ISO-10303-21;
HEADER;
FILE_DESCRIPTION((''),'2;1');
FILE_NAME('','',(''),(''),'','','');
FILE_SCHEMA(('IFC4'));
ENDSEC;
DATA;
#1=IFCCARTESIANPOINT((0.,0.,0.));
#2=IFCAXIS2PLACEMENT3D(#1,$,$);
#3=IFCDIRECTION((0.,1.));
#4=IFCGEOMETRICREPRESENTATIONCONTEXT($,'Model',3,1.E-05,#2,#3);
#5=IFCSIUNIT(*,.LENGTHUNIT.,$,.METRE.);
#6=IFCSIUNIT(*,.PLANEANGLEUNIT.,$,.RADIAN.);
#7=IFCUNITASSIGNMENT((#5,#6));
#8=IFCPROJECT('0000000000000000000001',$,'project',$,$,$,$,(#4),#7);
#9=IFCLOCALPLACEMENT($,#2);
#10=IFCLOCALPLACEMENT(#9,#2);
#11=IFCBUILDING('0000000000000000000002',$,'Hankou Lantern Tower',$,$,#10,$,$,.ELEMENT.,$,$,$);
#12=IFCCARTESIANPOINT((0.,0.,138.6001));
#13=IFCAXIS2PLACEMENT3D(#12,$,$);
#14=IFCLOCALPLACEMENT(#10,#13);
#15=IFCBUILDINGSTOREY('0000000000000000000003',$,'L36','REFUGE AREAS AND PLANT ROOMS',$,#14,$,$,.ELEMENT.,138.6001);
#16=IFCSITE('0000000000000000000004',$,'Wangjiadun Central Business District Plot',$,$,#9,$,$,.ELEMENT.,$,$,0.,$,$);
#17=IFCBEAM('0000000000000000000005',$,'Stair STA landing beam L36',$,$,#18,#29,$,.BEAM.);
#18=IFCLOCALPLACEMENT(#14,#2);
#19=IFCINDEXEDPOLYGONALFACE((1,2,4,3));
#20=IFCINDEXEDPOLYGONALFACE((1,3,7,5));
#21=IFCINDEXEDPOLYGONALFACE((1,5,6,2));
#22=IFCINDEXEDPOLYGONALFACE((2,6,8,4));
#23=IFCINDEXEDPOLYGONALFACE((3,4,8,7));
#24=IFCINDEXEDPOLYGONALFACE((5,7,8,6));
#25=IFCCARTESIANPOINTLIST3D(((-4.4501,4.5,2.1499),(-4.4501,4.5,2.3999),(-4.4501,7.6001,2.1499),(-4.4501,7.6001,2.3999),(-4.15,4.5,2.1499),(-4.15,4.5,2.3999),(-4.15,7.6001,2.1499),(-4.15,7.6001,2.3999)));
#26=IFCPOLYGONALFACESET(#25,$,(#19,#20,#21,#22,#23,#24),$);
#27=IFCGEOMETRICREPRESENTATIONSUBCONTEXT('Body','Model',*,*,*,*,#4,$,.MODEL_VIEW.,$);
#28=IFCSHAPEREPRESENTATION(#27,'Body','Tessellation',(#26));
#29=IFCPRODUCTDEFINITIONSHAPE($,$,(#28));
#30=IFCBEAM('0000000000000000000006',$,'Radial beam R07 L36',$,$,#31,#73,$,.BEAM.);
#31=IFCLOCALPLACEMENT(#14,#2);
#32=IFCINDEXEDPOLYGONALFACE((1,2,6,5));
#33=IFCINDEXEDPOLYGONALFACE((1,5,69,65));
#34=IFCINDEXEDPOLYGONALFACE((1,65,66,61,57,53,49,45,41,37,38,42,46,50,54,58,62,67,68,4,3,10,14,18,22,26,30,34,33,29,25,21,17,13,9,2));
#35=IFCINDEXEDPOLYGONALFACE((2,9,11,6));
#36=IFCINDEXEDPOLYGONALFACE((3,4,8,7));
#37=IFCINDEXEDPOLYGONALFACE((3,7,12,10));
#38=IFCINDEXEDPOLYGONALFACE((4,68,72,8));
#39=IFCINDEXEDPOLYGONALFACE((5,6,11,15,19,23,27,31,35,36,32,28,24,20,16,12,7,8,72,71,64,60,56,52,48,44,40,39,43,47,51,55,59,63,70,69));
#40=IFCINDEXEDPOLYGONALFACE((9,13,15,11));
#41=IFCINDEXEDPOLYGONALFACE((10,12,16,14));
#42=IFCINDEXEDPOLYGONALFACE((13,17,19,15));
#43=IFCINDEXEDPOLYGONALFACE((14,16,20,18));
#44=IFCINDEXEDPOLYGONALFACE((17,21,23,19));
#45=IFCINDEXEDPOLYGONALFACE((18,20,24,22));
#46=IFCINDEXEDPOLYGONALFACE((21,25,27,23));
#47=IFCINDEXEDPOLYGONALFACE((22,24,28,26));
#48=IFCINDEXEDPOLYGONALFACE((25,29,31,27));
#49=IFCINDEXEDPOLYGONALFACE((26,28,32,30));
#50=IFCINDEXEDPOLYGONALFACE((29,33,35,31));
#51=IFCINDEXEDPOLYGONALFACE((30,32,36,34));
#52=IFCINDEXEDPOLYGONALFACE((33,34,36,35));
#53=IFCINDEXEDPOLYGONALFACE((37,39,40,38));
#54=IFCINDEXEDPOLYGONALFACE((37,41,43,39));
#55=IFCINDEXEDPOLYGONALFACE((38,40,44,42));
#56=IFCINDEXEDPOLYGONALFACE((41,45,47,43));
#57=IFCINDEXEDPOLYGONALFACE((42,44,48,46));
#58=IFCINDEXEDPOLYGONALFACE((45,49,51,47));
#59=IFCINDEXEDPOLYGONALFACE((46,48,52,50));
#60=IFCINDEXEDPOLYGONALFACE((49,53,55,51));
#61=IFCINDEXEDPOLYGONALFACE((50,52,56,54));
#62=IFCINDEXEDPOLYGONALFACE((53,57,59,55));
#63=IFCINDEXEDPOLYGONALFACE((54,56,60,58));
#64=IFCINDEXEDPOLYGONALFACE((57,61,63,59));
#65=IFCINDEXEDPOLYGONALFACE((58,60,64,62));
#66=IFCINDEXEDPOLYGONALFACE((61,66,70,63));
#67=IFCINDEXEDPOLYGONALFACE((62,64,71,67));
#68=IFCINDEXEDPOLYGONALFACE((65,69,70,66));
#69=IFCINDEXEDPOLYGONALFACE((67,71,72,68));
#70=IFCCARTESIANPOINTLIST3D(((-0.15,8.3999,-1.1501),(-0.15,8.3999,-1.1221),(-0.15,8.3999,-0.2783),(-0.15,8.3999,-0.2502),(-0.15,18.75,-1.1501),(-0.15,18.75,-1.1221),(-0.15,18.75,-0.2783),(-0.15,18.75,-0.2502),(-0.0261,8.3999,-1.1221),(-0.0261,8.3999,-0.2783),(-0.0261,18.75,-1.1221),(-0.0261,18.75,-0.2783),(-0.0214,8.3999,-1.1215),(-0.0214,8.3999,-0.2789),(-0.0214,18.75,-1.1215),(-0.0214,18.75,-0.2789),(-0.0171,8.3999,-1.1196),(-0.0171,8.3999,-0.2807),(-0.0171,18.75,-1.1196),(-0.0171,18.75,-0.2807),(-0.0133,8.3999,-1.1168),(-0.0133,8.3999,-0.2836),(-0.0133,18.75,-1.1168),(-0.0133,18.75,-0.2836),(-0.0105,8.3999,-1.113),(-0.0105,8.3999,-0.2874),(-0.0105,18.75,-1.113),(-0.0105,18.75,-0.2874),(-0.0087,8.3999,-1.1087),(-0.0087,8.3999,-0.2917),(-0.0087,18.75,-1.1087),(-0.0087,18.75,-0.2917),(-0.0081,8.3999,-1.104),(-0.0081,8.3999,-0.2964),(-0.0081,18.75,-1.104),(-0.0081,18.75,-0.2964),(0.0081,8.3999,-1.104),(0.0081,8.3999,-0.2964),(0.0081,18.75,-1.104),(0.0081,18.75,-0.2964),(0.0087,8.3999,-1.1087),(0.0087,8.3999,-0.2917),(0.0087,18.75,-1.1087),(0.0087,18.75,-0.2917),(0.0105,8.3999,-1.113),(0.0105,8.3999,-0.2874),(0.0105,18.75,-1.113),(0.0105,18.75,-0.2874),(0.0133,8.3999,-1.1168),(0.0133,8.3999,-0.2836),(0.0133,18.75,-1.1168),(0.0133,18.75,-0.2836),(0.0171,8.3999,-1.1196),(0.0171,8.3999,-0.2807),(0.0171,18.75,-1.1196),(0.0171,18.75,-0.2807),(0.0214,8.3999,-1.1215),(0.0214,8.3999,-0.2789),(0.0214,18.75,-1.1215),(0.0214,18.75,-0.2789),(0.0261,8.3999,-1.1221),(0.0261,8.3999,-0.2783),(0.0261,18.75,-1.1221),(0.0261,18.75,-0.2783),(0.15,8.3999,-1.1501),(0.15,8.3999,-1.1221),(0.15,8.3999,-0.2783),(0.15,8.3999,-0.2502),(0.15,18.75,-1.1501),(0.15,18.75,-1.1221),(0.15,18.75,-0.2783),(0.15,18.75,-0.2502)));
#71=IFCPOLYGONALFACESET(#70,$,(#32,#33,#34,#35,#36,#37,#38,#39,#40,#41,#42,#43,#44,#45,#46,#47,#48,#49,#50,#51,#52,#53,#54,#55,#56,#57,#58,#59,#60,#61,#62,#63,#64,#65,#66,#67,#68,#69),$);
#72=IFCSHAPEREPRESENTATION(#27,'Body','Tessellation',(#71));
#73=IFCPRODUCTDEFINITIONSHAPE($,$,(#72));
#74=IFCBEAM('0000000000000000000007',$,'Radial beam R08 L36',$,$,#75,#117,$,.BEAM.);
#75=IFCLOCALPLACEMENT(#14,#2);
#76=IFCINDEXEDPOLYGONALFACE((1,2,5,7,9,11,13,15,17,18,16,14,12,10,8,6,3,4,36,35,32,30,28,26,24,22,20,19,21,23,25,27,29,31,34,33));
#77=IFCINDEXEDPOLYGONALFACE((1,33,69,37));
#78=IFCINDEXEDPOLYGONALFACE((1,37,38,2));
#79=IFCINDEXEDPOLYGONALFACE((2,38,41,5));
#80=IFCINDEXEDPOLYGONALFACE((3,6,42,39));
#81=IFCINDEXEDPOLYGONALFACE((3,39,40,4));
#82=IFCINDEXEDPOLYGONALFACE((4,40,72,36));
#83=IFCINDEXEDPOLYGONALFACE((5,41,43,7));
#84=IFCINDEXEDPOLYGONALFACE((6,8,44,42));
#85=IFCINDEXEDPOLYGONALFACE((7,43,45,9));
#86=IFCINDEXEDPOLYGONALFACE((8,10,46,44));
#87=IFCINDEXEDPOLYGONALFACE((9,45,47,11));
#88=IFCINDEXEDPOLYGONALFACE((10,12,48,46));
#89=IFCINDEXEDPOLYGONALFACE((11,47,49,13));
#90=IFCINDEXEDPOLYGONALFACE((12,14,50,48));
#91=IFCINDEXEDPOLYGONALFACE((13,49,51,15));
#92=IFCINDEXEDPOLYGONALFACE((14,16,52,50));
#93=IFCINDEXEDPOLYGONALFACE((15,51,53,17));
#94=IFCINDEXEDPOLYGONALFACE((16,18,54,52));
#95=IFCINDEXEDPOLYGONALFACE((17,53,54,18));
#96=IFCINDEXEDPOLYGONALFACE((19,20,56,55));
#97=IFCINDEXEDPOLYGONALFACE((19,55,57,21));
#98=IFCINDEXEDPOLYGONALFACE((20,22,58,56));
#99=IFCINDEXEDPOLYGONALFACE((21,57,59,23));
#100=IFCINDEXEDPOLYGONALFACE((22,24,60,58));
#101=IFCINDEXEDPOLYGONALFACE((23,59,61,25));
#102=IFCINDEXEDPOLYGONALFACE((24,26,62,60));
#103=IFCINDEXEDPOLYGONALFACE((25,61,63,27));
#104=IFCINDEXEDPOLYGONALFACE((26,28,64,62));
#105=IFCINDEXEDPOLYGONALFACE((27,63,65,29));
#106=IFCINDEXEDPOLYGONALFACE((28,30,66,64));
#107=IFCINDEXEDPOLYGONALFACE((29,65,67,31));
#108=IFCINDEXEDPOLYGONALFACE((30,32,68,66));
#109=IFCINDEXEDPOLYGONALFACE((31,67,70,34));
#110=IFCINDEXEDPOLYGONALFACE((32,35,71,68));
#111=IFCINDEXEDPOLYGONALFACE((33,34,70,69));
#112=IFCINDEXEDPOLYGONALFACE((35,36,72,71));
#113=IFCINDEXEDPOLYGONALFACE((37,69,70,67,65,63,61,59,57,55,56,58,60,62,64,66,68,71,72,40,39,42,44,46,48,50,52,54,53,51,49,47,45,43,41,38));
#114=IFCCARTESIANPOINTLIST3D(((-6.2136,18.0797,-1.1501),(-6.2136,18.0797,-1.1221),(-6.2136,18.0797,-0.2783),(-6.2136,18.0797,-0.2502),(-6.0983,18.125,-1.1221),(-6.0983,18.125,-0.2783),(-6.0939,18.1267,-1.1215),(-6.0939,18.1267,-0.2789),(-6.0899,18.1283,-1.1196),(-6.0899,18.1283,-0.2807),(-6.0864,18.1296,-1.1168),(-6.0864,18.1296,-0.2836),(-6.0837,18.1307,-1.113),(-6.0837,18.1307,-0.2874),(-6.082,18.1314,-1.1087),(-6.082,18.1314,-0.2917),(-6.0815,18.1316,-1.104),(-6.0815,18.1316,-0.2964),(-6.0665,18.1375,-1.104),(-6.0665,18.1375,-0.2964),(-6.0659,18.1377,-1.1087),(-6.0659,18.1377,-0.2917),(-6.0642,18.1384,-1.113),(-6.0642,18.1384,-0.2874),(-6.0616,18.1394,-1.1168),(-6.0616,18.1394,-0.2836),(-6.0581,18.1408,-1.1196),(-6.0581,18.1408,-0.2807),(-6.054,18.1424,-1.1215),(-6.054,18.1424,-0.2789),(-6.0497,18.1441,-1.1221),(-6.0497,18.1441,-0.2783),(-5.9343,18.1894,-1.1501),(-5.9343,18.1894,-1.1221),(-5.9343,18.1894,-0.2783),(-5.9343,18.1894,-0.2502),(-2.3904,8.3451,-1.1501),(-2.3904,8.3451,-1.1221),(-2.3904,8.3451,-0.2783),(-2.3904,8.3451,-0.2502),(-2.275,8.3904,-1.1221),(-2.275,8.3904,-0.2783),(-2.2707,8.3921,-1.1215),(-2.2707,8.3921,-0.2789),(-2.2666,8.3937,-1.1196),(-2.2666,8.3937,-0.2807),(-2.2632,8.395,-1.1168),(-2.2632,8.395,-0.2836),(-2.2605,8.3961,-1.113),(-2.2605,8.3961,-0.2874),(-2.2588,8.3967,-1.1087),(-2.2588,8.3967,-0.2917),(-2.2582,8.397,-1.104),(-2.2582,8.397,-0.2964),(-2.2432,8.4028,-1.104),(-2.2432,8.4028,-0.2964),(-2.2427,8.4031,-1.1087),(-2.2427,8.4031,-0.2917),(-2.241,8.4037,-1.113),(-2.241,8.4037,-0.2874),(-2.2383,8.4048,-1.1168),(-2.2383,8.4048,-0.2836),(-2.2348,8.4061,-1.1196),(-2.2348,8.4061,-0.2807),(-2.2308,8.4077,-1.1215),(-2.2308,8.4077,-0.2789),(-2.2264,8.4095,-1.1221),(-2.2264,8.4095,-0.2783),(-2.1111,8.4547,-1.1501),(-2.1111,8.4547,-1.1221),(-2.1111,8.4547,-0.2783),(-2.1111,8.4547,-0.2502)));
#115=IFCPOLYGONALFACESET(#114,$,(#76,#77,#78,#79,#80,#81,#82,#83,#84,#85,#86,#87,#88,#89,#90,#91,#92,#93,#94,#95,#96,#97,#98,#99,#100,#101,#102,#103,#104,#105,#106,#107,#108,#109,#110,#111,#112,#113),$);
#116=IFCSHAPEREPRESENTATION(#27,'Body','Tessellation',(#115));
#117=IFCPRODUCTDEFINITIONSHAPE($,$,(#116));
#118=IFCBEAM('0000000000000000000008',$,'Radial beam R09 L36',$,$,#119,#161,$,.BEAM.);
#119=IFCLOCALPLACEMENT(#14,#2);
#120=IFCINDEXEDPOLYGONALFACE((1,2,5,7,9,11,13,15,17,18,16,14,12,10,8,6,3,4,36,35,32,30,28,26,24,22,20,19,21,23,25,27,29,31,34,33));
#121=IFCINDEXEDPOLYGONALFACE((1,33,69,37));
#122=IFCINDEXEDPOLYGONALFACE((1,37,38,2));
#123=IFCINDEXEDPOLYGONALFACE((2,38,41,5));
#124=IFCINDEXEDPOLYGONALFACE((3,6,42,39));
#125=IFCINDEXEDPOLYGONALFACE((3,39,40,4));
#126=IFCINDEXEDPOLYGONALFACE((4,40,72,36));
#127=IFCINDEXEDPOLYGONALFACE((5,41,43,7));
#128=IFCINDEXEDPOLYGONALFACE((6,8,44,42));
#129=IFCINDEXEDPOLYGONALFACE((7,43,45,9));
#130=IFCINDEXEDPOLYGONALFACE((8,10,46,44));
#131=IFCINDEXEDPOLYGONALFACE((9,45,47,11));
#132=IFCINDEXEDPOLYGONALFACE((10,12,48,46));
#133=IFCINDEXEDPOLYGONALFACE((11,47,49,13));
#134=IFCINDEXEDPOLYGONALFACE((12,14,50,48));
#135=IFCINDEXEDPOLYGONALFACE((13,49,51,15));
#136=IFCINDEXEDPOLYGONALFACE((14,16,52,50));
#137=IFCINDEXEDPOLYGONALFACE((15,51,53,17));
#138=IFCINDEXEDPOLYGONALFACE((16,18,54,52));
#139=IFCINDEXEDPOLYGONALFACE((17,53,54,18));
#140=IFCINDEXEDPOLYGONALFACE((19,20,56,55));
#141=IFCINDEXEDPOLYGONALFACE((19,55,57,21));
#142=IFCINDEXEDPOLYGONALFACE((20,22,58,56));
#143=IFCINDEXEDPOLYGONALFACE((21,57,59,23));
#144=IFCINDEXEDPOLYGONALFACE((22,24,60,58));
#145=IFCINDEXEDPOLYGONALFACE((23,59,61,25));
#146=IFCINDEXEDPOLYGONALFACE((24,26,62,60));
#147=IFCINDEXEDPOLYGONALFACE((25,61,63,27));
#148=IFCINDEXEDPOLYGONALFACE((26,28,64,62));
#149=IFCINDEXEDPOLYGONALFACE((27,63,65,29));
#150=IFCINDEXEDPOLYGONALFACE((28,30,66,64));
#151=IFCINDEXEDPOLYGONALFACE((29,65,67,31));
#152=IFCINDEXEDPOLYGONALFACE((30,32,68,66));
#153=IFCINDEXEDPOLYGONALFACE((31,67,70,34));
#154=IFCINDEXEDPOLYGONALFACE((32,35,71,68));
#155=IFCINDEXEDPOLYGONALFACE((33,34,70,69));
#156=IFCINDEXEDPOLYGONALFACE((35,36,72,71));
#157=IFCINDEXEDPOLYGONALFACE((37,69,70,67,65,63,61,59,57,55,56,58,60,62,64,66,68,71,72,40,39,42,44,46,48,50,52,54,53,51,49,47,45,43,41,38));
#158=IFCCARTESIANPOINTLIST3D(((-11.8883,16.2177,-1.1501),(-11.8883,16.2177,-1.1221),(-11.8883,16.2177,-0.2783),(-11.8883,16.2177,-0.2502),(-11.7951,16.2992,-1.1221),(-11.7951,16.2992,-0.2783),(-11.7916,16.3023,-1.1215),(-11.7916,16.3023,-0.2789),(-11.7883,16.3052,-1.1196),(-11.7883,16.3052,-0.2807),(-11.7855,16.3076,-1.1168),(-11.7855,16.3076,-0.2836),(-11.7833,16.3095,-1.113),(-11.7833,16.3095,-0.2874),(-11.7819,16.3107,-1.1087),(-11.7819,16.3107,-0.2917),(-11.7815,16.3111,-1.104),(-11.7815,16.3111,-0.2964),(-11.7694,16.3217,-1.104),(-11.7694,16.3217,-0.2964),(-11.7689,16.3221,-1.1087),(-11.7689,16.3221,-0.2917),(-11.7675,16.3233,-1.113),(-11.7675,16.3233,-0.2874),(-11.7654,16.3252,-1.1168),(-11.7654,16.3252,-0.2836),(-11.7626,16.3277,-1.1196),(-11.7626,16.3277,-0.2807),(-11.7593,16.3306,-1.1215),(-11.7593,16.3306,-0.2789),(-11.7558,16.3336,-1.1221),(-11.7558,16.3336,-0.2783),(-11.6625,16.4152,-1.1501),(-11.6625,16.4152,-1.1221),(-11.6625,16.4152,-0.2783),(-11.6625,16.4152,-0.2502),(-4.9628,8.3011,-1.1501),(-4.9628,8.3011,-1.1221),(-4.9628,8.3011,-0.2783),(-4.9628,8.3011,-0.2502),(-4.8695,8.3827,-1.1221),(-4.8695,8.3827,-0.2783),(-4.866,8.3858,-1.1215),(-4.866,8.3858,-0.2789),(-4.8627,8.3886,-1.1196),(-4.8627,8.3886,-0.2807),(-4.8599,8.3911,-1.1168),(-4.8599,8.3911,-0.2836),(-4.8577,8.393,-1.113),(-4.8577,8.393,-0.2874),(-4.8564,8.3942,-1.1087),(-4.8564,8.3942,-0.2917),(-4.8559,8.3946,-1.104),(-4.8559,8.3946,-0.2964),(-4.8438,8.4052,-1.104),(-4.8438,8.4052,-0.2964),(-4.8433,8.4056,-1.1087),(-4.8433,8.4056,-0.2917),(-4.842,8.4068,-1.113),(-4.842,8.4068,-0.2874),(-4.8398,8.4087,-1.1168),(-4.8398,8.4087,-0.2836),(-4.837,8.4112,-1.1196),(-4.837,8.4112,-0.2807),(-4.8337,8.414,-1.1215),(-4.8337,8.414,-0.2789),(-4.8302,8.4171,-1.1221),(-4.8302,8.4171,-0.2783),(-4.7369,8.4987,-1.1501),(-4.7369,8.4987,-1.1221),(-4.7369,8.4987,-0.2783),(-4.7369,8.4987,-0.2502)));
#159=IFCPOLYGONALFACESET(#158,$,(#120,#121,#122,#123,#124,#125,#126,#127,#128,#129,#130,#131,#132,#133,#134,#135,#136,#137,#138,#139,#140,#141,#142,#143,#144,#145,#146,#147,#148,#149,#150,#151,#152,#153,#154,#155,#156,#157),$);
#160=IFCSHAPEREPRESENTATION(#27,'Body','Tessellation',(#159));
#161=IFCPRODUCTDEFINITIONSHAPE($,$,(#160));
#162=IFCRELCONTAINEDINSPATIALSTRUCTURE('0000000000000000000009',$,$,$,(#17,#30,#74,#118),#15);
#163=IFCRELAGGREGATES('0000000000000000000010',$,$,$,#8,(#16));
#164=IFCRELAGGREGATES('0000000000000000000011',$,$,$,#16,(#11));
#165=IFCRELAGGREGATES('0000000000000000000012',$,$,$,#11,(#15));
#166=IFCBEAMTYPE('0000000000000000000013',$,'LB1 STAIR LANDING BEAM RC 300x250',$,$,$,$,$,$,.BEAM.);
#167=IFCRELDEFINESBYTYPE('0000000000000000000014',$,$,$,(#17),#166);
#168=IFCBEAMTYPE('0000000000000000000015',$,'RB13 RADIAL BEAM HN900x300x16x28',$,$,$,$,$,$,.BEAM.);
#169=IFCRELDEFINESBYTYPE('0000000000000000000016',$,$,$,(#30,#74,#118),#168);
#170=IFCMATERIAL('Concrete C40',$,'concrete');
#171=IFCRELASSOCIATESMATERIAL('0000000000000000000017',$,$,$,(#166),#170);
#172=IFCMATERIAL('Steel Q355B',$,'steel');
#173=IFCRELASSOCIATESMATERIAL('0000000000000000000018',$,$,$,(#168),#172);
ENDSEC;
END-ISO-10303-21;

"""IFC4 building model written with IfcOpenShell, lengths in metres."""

from ifc_helpers import new_model, si_unit, direction, frame, origin, origin_2d, place, context, subcontext, project, spatial, rectangle, i_section, extrude, material, material_profile, profile_set, type_object, element, save


model = new_model("IFC4")

# Units and contexts
model_context = context("Model", 3, precision=1e-05, world=origin(), true_north=direction((0.0, 1.0)))
body_context = subcontext(model_context, "Body", "Model", "MODEL_VIEW")
ifc_project = project(units=[si_unit("LENGTHUNIT", "METRE"), si_unit("PLANEANGLEUNIT", "RADIAN")], contexts=[model_context])

# Site, building, storey
site_placement = place(None, origin())
site = spatial("IfcSite", under=ifc_project, at=site_placement, Name="Wangjiadun Central Business District Plot", CompositionType="ELEMENT", RefElevation=0.0)
building_placement = place(site_placement, origin())
building = spatial("IfcBuilding", under=site, at=building_placement, Name="Hankou Lantern Tower", CompositionType="ELEMENT")
storey_placement = place(building_placement, frame((0.0, 0.0, 138.6001)))
storey = spatial("IfcBuildingStorey", under=building, at=storey_placement, Name="L36", Description="REFUGE AREAS AND PLANT ROOMS", CompositionType="ELEMENT", Elevation=138.6001)

# Beams
ifc_material_1 = material(Name="Concrete C40", Category="concrete")
ifc_material_profile_1 = material_profile(ifc_material_1, rectangle(XDim=0.3, YDim=0.25, at=origin_2d()), Name="RC 300x250")
ifc_profile_set_1 = profile_set([ifc_material_profile_1], Name="Concrete C40")
beam_type_1 = type_object("IfcBeamType", Name="LB1 STAIR LANDING BEAM RC 300x250", PredefinedType="BEAM", material=ifc_profile_set_1)
beam_1_placement = place(storey_placement, frame((-4.3, 4.5, 2.2749), z_axis=(0.0, 1.0, 0.0), x_axis=(-1.0, 0.0, 0.0)))
element("IfcBeam", 1, at=beam_1_placement, inside=storey, type_object=beam_type_1, Name="Stair STA landing beam L36", PredefinedType="BEAM", context=body_context, shape_type="SweptSolid", body=[
    extrude(rectangle(XDim=0.3, YDim=0.25, at=origin_2d()), origin(), (0.0, 0.0, 1.0), 3.1001),
])
ifc_material_2 = material(Name="Steel Q355B", Category="steel")
ifc_material_profile_2 = material_profile(ifc_material_2, i_section(OverallWidth=0.3, OverallDepth=0.8999, WebThickness=0.0161, FlangeThickness=0.0281, FilletRadius=0.0181, at=origin_2d()), Name="HN900x300x16x28")
ifc_profile_set_2 = profile_set([ifc_material_profile_2], Name="Steel Q355B")
beam_type_2 = type_object("IfcBeamType", Name="RB13 RADIAL BEAM HN900x300x16x28", PredefinedType="BEAM", material=ifc_profile_set_2)
beam_2_placement = place(storey_placement, frame((0.0, 8.3999, -0.7002), z_axis=(0.0, 1.0, 0.0), x_axis=(-1.0, 0.0, 0.0)))
element("IfcBeam", 2, at=beam_2_placement, inside=storey, type_object=beam_type_2, Name="Radial beam R07 L36", PredefinedType="BEAM", context=body_context, shape_type="SweptSolid", body=[
    extrude(i_section(OverallWidth=0.3, OverallDepth=0.8999, WebThickness=0.0161, FlangeThickness=0.0281, FilletRadius=0.0181, at=origin_2d()), origin(), (0.0, 0.0, 1.0), 10.3501),
])
beam_3_placement = place(storey_placement, frame((-2.2507, 8.3999, -0.7002), z_axis=(-0.365564, 0.930786, 0.0), x_axis=(-0.930786, -0.365564, 0.0)))
element("IfcBeam", 3, at=beam_3_placement, inside=storey, type_object=beam_type_2, Name="Radial beam R08 L36", PredefinedType="BEAM", context=body_context, shape_type="SweptSolid", body=[
    extrude(i_section(OverallWidth=0.3, OverallDepth=0.8999, WebThickness=0.0161, FlangeThickness=0.0281, FilletRadius=0.0181, at=origin_2d()), origin(), (0.0, 0.0, 1.0), 10.4585),
])
beam_4_placement = place(storey_placement, frame((-4.8499, 8.3999, -0.7002), z_axis=(-0.658429, 0.752643, 0.0), x_axis=(-0.752643, -0.658429, 0.0)))
element("IfcBeam", 4, at=beam_4_placement, inside=storey, type_object=beam_type_2, Name="Radial beam R09 L36", PredefinedType="BEAM", context=body_context, shape_type="SweptSolid", body=[
    extrude(i_section(OverallWidth=0.3, OverallDepth=0.8999, WebThickness=0.0161, FlangeThickness=0.0281, FilletRadius=0.0181, at=origin_2d()), origin(), (0.0, 0.0, 1.0), 10.5183),
])

save(model, "model.ifc")
